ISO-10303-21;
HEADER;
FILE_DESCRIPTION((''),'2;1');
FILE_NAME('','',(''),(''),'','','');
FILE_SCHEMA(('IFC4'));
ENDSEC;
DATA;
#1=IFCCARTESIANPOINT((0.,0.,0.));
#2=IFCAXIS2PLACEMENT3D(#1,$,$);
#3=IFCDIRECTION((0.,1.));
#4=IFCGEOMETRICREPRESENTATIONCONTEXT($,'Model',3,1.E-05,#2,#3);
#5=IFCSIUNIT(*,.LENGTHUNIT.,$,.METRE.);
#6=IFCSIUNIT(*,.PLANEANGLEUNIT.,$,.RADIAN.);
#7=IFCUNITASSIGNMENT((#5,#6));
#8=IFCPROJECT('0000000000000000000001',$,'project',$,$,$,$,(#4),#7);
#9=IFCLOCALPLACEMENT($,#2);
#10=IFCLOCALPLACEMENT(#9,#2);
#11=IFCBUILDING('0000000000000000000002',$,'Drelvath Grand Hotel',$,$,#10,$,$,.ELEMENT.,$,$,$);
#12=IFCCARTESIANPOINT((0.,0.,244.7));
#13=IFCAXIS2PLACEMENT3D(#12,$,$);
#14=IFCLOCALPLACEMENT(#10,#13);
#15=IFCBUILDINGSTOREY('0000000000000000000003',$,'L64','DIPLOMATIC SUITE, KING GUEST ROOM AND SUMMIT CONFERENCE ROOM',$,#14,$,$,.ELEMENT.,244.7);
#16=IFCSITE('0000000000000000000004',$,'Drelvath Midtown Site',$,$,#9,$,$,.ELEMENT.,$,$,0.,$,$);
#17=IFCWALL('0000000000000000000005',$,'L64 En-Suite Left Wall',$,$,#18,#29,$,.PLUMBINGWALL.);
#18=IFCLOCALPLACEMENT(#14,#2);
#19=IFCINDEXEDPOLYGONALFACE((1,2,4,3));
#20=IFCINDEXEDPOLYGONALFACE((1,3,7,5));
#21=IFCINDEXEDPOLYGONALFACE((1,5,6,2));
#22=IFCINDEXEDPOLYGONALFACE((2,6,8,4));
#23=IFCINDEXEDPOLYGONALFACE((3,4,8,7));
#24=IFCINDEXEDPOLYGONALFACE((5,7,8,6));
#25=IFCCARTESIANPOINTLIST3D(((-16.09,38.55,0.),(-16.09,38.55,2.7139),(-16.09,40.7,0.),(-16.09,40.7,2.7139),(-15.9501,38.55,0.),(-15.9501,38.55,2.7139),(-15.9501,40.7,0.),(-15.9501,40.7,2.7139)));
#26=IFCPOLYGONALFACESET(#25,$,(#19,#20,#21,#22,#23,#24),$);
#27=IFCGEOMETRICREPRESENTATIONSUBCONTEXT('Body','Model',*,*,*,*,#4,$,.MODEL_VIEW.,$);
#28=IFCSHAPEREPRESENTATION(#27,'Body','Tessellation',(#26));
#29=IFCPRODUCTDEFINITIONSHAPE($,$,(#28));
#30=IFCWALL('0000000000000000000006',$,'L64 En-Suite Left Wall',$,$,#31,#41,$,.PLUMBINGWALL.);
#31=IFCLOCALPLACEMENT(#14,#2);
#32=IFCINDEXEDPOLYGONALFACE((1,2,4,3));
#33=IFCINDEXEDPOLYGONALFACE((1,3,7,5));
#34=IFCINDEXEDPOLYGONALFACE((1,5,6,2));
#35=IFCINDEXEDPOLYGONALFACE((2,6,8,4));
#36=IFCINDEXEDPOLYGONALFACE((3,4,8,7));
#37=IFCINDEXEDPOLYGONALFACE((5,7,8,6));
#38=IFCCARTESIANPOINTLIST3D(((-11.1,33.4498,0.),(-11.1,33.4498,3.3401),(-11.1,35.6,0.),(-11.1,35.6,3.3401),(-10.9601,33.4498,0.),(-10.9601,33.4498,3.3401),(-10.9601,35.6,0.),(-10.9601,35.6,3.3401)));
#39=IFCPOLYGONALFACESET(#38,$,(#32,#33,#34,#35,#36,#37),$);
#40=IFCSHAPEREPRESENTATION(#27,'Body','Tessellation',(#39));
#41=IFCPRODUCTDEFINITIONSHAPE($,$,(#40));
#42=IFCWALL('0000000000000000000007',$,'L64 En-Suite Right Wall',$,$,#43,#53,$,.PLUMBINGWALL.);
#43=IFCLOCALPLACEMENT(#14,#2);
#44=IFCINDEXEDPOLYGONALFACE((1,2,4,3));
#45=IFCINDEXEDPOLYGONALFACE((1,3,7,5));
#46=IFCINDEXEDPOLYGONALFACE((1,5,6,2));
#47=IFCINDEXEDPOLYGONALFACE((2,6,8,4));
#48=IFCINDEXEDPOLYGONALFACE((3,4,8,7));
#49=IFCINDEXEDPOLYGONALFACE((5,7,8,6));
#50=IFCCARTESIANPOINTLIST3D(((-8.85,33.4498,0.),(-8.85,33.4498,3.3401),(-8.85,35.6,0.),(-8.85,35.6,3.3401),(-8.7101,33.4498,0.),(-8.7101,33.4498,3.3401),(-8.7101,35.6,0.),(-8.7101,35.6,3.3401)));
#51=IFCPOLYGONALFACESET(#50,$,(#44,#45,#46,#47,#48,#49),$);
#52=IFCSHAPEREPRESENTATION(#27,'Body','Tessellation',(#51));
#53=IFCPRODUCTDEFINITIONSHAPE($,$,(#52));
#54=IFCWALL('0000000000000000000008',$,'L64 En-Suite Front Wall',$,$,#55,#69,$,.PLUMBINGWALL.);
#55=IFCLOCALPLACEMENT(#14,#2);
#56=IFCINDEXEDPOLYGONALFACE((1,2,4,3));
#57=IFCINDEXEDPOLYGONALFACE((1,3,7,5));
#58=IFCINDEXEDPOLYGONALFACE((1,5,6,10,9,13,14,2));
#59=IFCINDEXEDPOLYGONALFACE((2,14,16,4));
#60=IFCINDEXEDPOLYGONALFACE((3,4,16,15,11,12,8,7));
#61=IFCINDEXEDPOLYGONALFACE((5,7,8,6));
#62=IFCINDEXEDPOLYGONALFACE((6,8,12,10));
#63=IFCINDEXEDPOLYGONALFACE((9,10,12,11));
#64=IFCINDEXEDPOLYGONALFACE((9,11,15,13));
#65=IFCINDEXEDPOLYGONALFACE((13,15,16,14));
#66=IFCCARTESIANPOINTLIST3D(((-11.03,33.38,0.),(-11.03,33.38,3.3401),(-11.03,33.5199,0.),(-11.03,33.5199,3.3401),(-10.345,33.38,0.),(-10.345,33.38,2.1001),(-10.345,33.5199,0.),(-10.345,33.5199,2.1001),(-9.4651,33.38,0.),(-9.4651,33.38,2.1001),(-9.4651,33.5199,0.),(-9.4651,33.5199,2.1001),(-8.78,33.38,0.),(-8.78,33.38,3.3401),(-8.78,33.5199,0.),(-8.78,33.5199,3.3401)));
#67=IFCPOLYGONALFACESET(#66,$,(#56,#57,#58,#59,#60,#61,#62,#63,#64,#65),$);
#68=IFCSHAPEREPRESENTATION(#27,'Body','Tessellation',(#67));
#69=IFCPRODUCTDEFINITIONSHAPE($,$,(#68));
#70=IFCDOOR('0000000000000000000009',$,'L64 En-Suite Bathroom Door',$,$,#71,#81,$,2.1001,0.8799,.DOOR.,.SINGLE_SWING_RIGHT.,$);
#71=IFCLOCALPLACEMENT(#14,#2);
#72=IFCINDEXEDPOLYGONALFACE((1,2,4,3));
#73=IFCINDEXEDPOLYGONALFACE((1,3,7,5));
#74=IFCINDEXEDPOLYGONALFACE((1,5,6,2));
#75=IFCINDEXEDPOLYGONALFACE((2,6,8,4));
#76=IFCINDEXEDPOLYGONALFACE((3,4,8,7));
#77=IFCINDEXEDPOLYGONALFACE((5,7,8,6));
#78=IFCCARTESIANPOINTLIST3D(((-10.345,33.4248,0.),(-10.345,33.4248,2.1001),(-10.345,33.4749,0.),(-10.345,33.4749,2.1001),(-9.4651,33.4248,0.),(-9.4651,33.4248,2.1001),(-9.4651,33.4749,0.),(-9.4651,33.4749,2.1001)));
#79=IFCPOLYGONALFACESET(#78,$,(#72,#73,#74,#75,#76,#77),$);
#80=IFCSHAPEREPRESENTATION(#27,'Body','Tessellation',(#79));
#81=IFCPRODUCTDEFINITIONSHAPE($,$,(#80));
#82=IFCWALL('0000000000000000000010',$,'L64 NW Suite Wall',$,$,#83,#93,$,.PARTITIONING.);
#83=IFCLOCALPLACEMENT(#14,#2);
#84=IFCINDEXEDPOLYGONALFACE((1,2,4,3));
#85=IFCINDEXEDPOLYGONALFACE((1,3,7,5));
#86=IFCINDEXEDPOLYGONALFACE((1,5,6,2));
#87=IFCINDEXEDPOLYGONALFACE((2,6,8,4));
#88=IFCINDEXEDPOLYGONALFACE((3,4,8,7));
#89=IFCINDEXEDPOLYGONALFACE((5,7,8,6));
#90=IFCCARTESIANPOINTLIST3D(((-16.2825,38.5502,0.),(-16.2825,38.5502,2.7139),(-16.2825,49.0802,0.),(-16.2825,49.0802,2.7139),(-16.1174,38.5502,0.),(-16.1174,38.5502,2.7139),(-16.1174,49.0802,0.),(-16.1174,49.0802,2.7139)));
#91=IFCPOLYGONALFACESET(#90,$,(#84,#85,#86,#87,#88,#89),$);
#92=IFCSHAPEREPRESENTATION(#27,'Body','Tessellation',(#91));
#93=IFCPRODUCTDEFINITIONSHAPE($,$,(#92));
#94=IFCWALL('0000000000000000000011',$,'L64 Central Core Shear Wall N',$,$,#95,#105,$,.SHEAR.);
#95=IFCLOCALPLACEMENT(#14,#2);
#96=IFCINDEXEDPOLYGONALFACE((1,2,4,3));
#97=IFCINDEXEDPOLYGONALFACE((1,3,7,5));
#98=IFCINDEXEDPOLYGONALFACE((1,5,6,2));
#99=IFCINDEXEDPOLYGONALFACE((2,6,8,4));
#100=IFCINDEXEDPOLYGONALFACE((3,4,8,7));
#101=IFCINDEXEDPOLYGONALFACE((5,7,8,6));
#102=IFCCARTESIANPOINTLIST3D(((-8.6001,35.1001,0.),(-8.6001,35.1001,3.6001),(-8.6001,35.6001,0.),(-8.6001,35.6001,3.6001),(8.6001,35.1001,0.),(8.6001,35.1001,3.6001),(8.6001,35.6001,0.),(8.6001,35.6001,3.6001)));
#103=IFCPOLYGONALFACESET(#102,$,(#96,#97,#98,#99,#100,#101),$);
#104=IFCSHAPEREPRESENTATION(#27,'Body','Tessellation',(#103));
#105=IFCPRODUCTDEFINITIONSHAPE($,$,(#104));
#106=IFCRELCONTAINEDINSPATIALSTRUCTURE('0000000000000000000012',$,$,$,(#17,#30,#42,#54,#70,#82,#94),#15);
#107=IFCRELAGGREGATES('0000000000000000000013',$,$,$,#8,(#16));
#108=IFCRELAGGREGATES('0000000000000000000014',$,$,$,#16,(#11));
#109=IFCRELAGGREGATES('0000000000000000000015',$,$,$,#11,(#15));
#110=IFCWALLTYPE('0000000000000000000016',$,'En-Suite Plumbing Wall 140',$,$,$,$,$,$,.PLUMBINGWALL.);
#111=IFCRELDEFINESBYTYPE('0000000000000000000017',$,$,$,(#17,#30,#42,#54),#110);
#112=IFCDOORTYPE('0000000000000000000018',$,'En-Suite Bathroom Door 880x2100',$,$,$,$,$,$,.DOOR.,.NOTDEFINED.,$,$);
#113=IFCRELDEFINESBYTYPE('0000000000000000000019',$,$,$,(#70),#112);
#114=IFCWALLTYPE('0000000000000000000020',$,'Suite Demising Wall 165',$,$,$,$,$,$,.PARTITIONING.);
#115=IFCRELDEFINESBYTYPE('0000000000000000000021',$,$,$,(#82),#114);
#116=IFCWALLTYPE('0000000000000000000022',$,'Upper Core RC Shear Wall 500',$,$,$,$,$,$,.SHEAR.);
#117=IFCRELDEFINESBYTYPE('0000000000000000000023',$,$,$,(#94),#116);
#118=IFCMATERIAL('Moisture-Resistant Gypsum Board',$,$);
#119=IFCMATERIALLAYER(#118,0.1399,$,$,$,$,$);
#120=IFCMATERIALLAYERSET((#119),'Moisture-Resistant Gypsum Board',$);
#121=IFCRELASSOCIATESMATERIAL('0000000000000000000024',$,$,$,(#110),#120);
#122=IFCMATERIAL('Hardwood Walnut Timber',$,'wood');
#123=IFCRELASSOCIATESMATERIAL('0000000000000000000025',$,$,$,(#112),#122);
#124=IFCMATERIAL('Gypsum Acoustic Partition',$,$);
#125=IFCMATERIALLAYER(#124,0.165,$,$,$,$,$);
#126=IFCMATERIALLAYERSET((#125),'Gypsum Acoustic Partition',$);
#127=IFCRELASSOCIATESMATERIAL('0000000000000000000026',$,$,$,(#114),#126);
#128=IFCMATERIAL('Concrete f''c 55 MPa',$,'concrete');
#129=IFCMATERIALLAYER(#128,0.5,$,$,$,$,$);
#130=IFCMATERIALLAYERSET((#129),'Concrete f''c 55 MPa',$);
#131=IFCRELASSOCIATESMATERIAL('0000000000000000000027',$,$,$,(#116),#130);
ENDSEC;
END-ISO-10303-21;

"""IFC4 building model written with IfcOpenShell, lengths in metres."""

from ifc_helpers import new_model, si_unit, direction, frame, frame_2d, origin, place, context, subcontext, project, spatial, rectangle, extrude, material, layer, layer_set, type_object, element, fill, save


model = new_model("IFC4")

# Units and contexts
model_context = context("Model", 3, precision=1e-05, world=origin(), true_north=direction((0.0, 1.0)))
body_context = subcontext(model_context, "Body", "Model", "MODEL_VIEW")
ifc_project = project(units=[si_unit("LENGTHUNIT", "METRE"), si_unit("PLANEANGLEUNIT", "RADIAN")], contexts=[model_context])

# Site, building, storey
site_placement = place(None, origin())
site = spatial("IfcSite", under=ifc_project, at=site_placement, Name="Drelvath Midtown Site", CompositionType="ELEMENT", RefElevation=0.0)
building_placement = place(site_placement, origin())
building = spatial("IfcBuilding", under=site, at=building_placement, Name="Drelvath Grand Hotel", CompositionType="ELEMENT")
storey_placement = place(building_placement, frame((0.0, 0.0, 244.7)))
storey = spatial("IfcBuildingStorey", under=building, at=storey_placement, Name="L64", Description="DIPLOMATIC SUITE, KING GUEST ROOM AND SUMMIT CONFERENCE ROOM", CompositionType="ELEMENT", Elevation=244.7)

# Shared definitions
ifc_material_1 = material(Name="Hardwood Walnut Timber", Category="wood")

# Walls
ifc_material_2 = material(Name="Moisture-Resistant Gypsum Board")
ifc_layer_1 = layer(ifc_material_2, 0.1399)
ifc_layer_set_1 = layer_set([ifc_layer_1], Name="Moisture-Resistant Gypsum Board")
wall_type_1 = type_object("IfcWallType", Name="En-Suite Plumbing Wall 140", PredefinedType="PLUMBINGWALL", material=ifc_layer_set_1)
wall_1_placement = place(storey_placement, frame((-16.02, 38.55, 0.0), z_axis=(0.0, 0.0, 1.0), x_axis=(0.0, 1.0, 0.0)))
element("IfcWall", 1, at=wall_1_placement, inside=storey, type_object=wall_type_1, Name="L64 En-Suite Left Wall", PredefinedType="PLUMBINGWALL", context=body_context, shape_type="SweptSolid", body=[
    extrude(rectangle(XDim=2.1499, YDim=0.1399, at=frame_2d((1.075, 0.0))), origin(), (0.0, 0.0, 1.0), 2.7139),
])
for number, where, z_axis, x_axis, name in (
    (2, (-11.03, 35.6001, 0.0), (0.0, 0.0, 1.0), (0.0, -1.0, 0.0), "L64 En-Suite Left Wall"),
    (3, (-8.78, 35.6001, 0.0), (0.0, 0.0, 1.0), (0.0, -1.0, 0.0), "L64 En-Suite Right Wall"),
):
    element("IfcWall", number, at=place(storey_placement, frame(where, z_axis=z_axis, x_axis=x_axis)), inside=storey, type_object=wall_type_1, Name=name, PredefinedType="PLUMBINGWALL", context=body_context, shape_type="SweptSolid", body=[
        extrude(rectangle(XDim=2.1501, YDim=0.1399, at=frame_2d((1.0752, 0.0))), origin(), (0.0, 0.0, 1.0), 3.3401),
    ])

# Wall, opening, door
wall_2_placement = place(storey_placement, frame((-11.03, 33.45, 0.0), z_axis=(0.0, 0.0, 1.0), x_axis=(1.0, 0.0, 0.0)))
wall_2 = element("IfcWall", 4, at=wall_2_placement, inside=storey, type_object=wall_type_1, Name="L64 En-Suite Front Wall", PredefinedType="PLUMBINGWALL", context=body_context, shape_type="SweptSolid", body=[
    extrude(rectangle(XDim=2.25, YDim=0.1399, at=frame_2d((1.125, 0.0))), origin(), (0.0, 0.0, 1.0), 3.3401),
])
opening_1_placement = place(wall_2_placement, frame((0.6851, 0.0, 0.0)))
opening_1 = element("IfcOpeningElement", 5, at=opening_1_placement, cuts=wall_2, PredefinedType="OPENING", context=body_context, shape_type="SweptSolid", body=[
    extrude(rectangle(XDim=0.8799, YDim=2.1001, at=frame_2d((0.4399, 1.05))), frame((0.0, 0.0798, 0.0), z_axis=(0.0, -1.0, 0.0), x_axis=(1.0, 0.0, 0.0)), (0.0, 0.0, 1.0), 0.1599),
])
door_type_1 = type_object("IfcDoorType", Name="En-Suite Bathroom Door 880x2100", OperationType="NOTDEFINED", PredefinedType="DOOR", material=ifc_material_1)
door_1_placement = place(opening_1_placement, origin())
door_1 = element("IfcDoor", 6, at=door_1_placement, inside=storey, type_object=door_type_1, Name="L64 En-Suite Bathroom Door", OperationType="SINGLE_SWING_RIGHT", OverallHeight=2.1001, OverallWidth=0.8799, PredefinedType="DOOR", context=body_context, shape_type="SweptSolid", body=[
    extrude(rectangle(XDim=0.8799, YDim=2.1001, at=frame_2d((0.4399, 1.05))), frame((0.0, 0.0249, 0.0), z_axis=(0.0, -1.0, 0.0), x_axis=(1.0, 0.0, 0.0)), (0.0, 0.0, 1.0), 0.05),
])
fill(opening_1, door_1)

# Walls
ifc_material_3 = material(Name="Gypsum Acoustic Partition")
ifc_layer_2 = layer(ifc_material_3, 0.165)
ifc_layer_set_2 = layer_set([ifc_layer_2], Name="Gypsum Acoustic Partition")
wall_type_2 = type_object("IfcWallType", Name="Suite Demising Wall 165", PredefinedType="PARTITIONING", material=ifc_layer_set_2)
wall_3_placement = place(storey_placement, frame((-16.2, 38.55, 0.0), z_axis=(0.0, 0.0, 1.0), x_axis=(0.0, 1.0, 0.0)))
element("IfcWall", 7, at=wall_3_placement, inside=storey, type_object=wall_type_2, Name="L64 NW Suite Wall", PredefinedType="PARTITIONING", context=body_context, shape_type="SweptSolid", body=[
    extrude(rectangle(XDim=10.53, YDim=0.165, at=frame_2d((5.2651, 0.0))), origin(), (0.0, 0.0, 1.0), 2.7139),
])
ifc_material_4 = material(Name="Concrete f'c 55 MPa", Category="concrete")
ifc_layer_3 = layer(ifc_material_4, 0.5)
ifc_layer_set_3 = layer_set([ifc_layer_3], Name="Concrete f'c 55 MPa")
wall_type_3 = type_object("IfcWallType", Name="Upper Core RC Shear Wall 500", PredefinedType="SHEAR", material=ifc_layer_set_3)
wall_4_placement = place(storey_placement, frame((-8.6001, 35.3501, 0.0), z_axis=(0.0, 0.0, 1.0), x_axis=(1.0, 0.0, 0.0)))
element("IfcWall", 8, at=wall_4_placement, inside=storey, type_object=wall_type_3, Name="L64 Central Core Shear Wall N", PredefinedType="SHEAR", context=body_context, shape_type="SweptSolid", body=[
    extrude(rectangle(XDim=17.2002, YDim=0.5, at=frame_2d((8.6001, 0.0))), origin(), (0.0, 0.0, 1.0), 3.6001),
])

save(model, "model.ifc")
